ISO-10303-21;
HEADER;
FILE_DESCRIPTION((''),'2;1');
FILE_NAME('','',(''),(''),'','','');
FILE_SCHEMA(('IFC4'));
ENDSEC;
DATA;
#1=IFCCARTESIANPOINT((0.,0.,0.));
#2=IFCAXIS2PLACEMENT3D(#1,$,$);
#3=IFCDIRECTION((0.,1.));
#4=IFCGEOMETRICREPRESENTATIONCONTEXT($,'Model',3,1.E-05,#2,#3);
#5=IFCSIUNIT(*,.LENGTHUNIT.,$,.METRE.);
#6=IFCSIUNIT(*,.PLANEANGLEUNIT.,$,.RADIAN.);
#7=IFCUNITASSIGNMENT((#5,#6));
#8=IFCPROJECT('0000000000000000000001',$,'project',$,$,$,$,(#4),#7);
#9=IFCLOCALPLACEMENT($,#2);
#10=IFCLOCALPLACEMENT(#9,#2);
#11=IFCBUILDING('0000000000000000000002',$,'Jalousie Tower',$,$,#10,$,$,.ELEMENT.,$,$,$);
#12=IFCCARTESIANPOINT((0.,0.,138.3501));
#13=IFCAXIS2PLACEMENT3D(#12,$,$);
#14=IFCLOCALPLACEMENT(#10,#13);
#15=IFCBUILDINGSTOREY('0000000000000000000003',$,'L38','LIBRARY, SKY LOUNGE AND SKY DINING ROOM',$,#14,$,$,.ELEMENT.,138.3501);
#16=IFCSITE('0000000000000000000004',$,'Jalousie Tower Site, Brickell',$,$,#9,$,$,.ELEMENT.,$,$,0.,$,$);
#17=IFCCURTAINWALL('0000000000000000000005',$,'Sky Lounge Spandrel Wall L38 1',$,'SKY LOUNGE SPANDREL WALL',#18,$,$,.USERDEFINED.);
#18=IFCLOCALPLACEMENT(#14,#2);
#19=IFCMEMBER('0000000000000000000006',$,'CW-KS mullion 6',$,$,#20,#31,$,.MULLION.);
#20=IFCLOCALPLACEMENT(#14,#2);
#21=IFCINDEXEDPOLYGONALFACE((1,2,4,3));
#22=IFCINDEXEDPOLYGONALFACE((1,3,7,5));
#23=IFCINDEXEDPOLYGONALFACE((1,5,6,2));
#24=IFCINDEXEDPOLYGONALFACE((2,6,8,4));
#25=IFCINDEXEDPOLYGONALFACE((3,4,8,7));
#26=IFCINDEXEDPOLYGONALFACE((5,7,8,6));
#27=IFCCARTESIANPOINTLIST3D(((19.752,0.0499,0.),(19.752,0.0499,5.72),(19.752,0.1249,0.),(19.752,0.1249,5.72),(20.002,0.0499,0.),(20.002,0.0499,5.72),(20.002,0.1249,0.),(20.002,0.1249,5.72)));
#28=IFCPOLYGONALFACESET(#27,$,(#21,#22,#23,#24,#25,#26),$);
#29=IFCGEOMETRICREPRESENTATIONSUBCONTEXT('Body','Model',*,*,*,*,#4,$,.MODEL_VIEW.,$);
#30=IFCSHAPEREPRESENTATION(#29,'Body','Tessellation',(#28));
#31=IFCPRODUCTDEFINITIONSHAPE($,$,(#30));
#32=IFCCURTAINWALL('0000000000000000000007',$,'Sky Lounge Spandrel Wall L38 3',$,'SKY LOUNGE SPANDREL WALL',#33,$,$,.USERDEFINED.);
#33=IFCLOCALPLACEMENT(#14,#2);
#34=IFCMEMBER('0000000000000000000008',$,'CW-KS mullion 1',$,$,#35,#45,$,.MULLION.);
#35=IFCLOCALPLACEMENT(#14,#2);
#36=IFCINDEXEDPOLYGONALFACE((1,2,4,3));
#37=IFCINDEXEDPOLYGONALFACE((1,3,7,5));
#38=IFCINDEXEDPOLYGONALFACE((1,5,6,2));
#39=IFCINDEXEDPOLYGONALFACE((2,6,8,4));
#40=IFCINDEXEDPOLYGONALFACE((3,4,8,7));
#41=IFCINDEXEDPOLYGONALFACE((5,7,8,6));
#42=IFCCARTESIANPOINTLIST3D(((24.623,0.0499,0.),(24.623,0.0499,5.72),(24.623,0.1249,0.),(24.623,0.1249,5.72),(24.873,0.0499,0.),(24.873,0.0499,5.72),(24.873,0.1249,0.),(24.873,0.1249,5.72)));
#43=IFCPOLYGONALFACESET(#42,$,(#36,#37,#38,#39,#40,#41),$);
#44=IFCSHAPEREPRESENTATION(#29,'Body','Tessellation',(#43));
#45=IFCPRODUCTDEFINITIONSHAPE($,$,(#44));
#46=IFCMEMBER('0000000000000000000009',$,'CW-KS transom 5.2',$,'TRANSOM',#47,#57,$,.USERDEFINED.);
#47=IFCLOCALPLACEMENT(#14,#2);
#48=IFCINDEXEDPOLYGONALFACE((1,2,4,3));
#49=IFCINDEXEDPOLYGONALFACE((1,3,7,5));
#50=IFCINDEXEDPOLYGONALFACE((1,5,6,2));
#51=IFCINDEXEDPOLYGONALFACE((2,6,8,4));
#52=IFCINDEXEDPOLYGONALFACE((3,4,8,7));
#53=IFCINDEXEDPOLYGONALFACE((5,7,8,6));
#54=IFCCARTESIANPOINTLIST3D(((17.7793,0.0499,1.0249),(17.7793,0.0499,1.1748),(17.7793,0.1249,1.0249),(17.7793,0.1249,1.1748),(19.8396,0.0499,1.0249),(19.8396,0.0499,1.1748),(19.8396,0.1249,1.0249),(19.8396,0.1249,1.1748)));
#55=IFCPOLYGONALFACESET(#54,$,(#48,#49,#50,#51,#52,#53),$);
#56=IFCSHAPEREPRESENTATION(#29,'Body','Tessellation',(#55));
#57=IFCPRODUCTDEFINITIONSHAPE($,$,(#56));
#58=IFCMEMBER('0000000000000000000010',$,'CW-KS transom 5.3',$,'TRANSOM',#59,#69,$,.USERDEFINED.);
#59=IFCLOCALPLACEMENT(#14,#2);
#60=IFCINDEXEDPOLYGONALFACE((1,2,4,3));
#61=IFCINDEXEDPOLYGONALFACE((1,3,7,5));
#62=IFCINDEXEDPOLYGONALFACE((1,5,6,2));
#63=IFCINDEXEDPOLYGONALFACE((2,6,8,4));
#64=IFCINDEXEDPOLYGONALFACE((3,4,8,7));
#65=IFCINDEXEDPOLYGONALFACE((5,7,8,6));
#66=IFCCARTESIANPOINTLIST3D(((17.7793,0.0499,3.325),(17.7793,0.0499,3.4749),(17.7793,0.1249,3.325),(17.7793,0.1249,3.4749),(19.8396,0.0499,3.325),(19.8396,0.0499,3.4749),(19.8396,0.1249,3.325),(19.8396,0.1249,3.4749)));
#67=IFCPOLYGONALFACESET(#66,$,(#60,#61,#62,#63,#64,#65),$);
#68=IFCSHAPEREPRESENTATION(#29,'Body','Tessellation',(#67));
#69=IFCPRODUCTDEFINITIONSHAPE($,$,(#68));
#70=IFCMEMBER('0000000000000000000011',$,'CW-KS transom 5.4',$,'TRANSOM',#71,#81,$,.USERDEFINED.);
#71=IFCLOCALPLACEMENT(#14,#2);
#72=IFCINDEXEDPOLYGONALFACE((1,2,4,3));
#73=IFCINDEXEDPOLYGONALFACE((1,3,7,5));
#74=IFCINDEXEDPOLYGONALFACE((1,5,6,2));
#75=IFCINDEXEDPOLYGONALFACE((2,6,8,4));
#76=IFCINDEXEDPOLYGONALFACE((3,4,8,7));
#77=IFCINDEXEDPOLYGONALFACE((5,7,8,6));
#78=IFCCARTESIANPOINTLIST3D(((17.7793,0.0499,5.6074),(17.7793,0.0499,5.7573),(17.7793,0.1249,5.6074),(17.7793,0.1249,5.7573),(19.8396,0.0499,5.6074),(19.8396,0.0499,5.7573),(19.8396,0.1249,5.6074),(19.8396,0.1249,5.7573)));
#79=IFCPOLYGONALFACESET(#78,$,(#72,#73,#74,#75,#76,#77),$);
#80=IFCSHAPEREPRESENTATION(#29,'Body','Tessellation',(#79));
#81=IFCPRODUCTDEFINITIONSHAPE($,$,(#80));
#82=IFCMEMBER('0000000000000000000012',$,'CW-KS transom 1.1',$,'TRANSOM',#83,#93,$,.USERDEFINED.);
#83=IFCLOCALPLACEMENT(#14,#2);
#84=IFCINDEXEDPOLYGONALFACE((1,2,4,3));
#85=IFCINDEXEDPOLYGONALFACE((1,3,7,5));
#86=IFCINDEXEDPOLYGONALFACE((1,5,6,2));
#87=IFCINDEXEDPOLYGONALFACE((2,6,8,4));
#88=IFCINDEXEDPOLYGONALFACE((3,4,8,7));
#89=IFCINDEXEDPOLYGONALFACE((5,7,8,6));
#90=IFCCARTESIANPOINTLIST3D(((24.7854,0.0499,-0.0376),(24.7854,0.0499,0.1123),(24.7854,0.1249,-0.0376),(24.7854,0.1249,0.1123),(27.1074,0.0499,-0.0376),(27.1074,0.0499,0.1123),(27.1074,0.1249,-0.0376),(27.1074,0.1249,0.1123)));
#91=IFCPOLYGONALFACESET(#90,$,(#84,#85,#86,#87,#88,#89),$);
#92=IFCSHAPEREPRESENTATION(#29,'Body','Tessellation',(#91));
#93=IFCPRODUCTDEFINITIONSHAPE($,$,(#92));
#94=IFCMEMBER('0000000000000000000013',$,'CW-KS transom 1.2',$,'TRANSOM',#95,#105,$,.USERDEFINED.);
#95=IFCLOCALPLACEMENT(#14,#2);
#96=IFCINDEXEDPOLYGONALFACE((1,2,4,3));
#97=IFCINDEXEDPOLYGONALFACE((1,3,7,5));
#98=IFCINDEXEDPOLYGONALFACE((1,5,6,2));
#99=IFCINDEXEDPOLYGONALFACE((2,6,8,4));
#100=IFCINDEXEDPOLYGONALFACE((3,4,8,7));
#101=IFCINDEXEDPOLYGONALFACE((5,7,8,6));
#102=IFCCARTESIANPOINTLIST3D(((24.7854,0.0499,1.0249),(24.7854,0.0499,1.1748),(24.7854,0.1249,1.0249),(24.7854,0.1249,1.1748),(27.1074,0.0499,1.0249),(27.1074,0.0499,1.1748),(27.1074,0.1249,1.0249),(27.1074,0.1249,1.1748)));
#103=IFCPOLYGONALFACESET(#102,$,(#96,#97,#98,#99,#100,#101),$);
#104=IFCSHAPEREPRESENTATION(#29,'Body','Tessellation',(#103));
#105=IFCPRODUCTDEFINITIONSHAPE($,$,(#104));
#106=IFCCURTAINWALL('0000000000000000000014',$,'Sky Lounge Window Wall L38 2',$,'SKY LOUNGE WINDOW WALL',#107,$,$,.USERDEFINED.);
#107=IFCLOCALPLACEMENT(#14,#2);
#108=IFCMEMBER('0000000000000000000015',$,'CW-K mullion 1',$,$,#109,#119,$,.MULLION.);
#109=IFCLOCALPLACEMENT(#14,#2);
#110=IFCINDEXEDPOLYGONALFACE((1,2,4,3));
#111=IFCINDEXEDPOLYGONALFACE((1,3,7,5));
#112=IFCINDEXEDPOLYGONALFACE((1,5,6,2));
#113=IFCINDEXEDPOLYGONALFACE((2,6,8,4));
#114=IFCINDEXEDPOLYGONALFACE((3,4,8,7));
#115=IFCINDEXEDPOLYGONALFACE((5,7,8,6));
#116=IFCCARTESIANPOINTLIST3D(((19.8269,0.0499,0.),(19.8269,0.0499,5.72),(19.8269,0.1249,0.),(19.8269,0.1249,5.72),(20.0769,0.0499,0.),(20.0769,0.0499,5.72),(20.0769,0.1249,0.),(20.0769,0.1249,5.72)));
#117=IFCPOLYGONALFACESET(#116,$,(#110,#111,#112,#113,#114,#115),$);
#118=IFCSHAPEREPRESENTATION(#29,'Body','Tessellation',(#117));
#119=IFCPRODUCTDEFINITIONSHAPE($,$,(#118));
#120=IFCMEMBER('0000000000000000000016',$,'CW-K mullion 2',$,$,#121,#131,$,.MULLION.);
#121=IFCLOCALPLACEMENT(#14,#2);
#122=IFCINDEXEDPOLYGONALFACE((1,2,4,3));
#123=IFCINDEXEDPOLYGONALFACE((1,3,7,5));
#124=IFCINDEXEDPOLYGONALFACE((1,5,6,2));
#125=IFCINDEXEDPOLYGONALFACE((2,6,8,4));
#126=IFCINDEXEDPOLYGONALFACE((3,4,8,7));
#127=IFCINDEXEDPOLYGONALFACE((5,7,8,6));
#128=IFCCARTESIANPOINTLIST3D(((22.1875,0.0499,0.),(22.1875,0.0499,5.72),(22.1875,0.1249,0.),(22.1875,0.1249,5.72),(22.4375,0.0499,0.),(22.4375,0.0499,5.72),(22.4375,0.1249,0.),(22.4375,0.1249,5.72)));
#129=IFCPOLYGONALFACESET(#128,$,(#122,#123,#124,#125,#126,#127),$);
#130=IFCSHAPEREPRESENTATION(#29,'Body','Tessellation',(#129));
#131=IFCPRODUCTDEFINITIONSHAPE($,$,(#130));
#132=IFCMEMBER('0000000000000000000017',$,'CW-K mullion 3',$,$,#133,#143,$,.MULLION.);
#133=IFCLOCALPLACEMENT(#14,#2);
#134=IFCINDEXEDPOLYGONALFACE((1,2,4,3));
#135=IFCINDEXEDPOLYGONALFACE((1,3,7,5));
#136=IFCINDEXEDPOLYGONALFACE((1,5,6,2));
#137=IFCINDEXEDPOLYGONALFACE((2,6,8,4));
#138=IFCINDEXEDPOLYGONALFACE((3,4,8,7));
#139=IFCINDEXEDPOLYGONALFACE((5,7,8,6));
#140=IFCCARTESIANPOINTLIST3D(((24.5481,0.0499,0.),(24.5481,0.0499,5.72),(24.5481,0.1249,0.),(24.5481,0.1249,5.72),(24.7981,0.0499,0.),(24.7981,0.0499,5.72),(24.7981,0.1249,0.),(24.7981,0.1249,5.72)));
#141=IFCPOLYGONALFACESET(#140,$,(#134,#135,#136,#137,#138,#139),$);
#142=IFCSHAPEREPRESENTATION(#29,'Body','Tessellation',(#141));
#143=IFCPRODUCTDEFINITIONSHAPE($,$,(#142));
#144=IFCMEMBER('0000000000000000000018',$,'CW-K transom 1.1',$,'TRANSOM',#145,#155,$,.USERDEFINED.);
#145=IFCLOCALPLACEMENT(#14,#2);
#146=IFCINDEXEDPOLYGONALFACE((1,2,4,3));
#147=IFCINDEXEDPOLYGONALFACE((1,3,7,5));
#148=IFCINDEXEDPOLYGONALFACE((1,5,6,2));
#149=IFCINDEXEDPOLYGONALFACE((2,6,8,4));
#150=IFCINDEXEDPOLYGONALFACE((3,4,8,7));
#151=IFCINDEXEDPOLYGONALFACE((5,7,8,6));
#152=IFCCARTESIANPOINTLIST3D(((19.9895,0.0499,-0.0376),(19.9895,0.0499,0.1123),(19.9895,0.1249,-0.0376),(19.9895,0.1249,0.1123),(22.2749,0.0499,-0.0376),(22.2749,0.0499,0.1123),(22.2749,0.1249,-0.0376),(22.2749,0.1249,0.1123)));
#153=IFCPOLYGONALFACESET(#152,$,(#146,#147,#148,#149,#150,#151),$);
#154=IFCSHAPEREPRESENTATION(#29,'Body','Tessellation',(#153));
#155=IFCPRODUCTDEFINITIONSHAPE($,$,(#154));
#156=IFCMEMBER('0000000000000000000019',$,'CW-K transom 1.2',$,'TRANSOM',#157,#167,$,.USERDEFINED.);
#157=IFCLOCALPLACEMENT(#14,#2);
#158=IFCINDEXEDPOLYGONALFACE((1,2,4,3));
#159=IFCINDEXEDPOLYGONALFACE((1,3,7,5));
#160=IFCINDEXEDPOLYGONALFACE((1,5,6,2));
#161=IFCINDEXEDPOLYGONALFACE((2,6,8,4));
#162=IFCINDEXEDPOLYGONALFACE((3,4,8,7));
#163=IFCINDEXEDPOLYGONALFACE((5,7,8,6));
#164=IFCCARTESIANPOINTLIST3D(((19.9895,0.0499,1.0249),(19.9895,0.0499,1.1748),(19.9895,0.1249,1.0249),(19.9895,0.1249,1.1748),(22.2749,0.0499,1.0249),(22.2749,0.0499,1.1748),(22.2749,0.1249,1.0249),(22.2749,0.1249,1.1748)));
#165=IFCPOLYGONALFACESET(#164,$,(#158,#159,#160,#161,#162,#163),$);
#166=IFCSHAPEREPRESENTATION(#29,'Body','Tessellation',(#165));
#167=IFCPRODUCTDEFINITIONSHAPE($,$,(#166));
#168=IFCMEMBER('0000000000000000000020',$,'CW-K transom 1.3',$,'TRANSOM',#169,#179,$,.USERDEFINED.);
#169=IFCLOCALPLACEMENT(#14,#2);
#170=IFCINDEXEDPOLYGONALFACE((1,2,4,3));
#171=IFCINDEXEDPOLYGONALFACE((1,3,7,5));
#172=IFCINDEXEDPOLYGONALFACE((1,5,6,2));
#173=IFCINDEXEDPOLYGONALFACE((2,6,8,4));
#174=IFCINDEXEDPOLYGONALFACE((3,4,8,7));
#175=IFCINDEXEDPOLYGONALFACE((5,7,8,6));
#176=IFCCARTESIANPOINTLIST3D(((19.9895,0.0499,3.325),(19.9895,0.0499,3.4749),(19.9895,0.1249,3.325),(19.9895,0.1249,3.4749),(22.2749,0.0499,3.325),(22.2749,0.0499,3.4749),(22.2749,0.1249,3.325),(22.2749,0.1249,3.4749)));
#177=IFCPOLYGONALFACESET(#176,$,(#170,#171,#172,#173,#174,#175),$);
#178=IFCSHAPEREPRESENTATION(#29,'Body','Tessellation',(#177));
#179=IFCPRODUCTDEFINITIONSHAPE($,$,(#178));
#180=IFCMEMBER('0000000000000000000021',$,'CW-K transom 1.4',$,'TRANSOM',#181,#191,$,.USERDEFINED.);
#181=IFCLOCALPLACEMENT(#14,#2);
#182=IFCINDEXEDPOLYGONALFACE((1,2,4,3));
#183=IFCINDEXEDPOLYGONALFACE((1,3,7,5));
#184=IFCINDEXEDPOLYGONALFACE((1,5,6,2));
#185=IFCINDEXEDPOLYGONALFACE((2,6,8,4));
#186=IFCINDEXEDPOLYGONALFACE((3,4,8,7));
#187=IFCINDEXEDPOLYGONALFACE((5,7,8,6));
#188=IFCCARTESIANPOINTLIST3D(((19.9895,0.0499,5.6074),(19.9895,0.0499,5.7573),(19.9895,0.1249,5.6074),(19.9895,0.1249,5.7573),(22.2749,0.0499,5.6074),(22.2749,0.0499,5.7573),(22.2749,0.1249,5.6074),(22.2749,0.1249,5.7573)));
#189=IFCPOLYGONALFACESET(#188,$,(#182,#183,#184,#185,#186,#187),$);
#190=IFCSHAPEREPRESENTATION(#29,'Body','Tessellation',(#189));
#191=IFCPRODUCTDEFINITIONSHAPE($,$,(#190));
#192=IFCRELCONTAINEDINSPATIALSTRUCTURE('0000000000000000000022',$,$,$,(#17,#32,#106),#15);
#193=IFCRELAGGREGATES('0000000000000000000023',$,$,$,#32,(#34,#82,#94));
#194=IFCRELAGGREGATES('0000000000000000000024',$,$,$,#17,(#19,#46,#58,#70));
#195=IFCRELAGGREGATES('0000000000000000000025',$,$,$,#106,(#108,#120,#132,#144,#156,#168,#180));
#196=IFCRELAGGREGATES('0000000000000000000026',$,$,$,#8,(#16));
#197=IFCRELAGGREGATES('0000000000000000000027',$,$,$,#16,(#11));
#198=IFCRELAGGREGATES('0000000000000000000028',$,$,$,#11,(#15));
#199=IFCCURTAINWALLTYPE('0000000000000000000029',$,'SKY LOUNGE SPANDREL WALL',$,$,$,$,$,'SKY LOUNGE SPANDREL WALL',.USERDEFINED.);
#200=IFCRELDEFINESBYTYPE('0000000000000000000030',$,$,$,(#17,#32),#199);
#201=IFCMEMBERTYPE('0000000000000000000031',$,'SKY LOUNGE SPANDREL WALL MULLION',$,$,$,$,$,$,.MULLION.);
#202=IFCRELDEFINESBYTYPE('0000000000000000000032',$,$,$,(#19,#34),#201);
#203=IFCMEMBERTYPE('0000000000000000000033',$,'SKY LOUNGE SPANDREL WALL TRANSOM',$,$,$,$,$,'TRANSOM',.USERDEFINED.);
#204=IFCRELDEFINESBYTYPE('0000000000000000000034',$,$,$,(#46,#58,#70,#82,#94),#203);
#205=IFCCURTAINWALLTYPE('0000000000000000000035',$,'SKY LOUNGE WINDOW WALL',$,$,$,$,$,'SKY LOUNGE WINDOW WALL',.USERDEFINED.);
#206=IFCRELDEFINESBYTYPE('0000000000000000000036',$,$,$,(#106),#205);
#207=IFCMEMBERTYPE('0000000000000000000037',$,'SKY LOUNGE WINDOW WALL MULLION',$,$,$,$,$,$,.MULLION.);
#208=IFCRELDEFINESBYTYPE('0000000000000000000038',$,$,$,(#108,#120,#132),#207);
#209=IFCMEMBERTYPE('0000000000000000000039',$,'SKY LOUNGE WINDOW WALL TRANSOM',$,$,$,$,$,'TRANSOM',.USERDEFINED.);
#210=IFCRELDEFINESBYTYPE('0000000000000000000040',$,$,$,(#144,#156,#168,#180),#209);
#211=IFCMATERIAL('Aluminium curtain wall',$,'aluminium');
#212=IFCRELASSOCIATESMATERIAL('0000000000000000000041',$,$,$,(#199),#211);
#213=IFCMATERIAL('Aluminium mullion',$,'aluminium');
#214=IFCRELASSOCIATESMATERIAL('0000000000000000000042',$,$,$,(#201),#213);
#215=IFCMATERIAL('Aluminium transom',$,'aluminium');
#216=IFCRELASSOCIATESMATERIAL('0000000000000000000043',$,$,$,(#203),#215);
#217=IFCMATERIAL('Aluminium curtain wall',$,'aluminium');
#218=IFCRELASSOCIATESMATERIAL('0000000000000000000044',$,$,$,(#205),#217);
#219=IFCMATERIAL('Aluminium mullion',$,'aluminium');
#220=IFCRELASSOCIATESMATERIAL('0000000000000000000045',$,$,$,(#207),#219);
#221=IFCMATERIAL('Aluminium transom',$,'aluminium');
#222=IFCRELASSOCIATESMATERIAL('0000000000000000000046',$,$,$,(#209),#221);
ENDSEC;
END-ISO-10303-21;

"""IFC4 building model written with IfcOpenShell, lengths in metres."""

from ifc_helpers import new_model, si_unit, direction, frame, origin, origin_2d, place, context, subcontext, project, spatial, rectangle, extrude, material, material_profile, profile_set, type_object, element, aggregate, save


model = new_model("IFC4")

# Units and contexts
model_context = context("Model", 3, precision=1e-05, world=origin(), true_north=direction((0.0, 1.0)))
body_context = subcontext(model_context, "Body", "Model", "MODEL_VIEW")
ifc_project = project(units=[si_unit("LENGTHUNIT", "METRE"), si_unit("PLANEANGLEUNIT", "RADIAN")], contexts=[model_context])

# Site, building, storey
site_placement = place(None, origin())
site = spatial("IfcSite", under=ifc_project, at=site_placement, Name="Jalousie Tower Site, Brickell", CompositionType="ELEMENT", RefElevation=0.0)
building_placement = place(site_placement, origin())
building = spatial("IfcBuilding", under=site, at=building_placement, Name="Jalousie Tower", CompositionType="ELEMENT")
storey_placement = place(building_placement, frame((0.0, 0.0, 138.3501)))
storey = spatial("IfcBuildingStorey", under=building, at=storey_placement, Name="L38", Description="LIBRARY, SKY LOUNGE AND SKY DINING ROOM", CompositionType="ELEMENT", Elevation=138.3501)

# Curtain walls, members
ifc_material_1 = material(Name="Aluminium curtain wall", Category="aluminium")
curtain_wall_type_1 = type_object("IfcCurtainWallType", Name="SKY LOUNGE SPANDREL WALL", ElementType="SKY LOUNGE SPANDREL WALL", PredefinedType="USERDEFINED", material=ifc_material_1)
curtain_wall_1_placement = place(storey_placement, origin())
curtain_wall_1 = element("IfcCurtainWall", 1, at=curtain_wall_1_placement, inside=storey, type_object=curtain_wall_type_1, Name="Sky Lounge Spandrel Wall L38 1", ObjectType="SKY LOUNGE SPANDREL WALL", PredefinedType="USERDEFINED")
ifc_material_2 = material(Name="Aluminium mullion", Category="aluminium")
ifc_material_profile_1 = material_profile(ifc_material_2, rectangle(XDim=0.075, YDim=0.25, at=origin_2d()), Name="MULLION 75x250")
ifc_profile_set_1 = profile_set([ifc_material_profile_1], Name="Aluminium mullion")
member_type_1 = type_object("IfcMemberType", Name="SKY LOUNGE SPANDREL WALL MULLION", PredefinedType="MULLION", material=ifc_profile_set_1)
member_1_placement = place(storey_placement, frame((19.877, 0.0874, 0.0), z_axis=(0.0, 0.0, 1.0), x_axis=(0.0, 1.0, 0.0)))
member_1 = element("IfcMember", 2, at=member_1_placement, type_object=member_type_1, Name="CW-KS mullion 6", PredefinedType="MULLION", context=body_context, shape_type="SweptSolid", body=[
    extrude(rectangle(XDim=0.075, YDim=0.25, at=origin_2d()), origin(), (0.0, 0.0, 1.0), 5.72),
])
curtain_wall_2_placement = place(storey_placement, origin())
curtain_wall_2 = element("IfcCurtainWall", 3, at=curtain_wall_2_placement, inside=storey, type_object=curtain_wall_type_1, Name="Sky Lounge Spandrel Wall L38 3", ObjectType="SKY LOUNGE SPANDREL WALL", PredefinedType="USERDEFINED")
member_2_placement = place(storey_placement, frame((24.748, 0.0874, 0.0), z_axis=(0.0, 0.0, 1.0), x_axis=(0.0, 1.0, 0.0)))
member_2 = element("IfcMember", 4, at=member_2_placement, type_object=member_type_1, Name="CW-KS mullion 1", PredefinedType="MULLION", context=body_context, shape_type="SweptSolid", body=[
    extrude(rectangle(XDim=0.075, YDim=0.25, at=origin_2d()), origin(), (0.0, 0.0, 1.0), 5.72),
])

# Members
ifc_material_3 = material(Name="Aluminium transom", Category="aluminium")
ifc_material_profile_2 = material_profile(ifc_material_3, rectangle(XDim=0.075, YDim=0.1499, at=origin_2d()), Name="TRANSOM 75x150")
ifc_profile_set_2 = profile_set([ifc_material_profile_2], Name="Aluminium transom")
member_type_2 = type_object("IfcMemberType", Name="SKY LOUNGE SPANDREL WALL TRANSOM", ElementType="TRANSOM", PredefinedType="USERDEFINED", material=ifc_profile_set_2)
member_3_placement = place(storey_placement, frame((17.7793, 0.0874, 1.0999), z_axis=(1.0, 0.0, 0.0), x_axis=(0.0, 1.0, 0.0)))
member_3 = element("IfcMember", 5, at=member_3_placement, type_object=member_type_2, Name="CW-KS transom 5.2", ObjectType="TRANSOM", PredefinedType="USERDEFINED", context=body_context, shape_type="SweptSolid", body=[
    extrude(rectangle(XDim=0.075, YDim=0.1499, at=origin_2d()), origin(), (0.0, 0.0, 1.0), 2.0603),
])
member_4_placement = place(storey_placement, frame((17.7793, 0.0874, 3.3999), z_axis=(1.0, 0.0, 0.0), x_axis=(0.0, 1.0, 0.0)))
member_4 = element("IfcMember", 6, at=member_4_placement, type_object=member_type_2, Name="CW-KS transom 5.3", ObjectType="TRANSOM", PredefinedType="USERDEFINED", context=body_context, shape_type="SweptSolid", body=[
    extrude(rectangle(XDim=0.075, YDim=0.1499, at=origin_2d()), origin(), (0.0, 0.0, 1.0), 2.0603),
])
member_5_placement = place(storey_placement, frame((17.7793, 0.0874, 5.6824), z_axis=(1.0, 0.0, 0.0), x_axis=(0.0, 1.0, 0.0)))
member_5 = element("IfcMember", 7, at=member_5_placement, type_object=member_type_2, Name="CW-KS transom 5.4", ObjectType="TRANSOM", PredefinedType="USERDEFINED", context=body_context, shape_type="SweptSolid", body=[
    extrude(rectangle(XDim=0.075, YDim=0.1499, at=origin_2d()), origin(), (0.0, 0.0, 1.0), 2.0603),
])
member_6_placement = place(storey_placement, frame((24.7854, 0.0874, 0.0374), z_axis=(1.0, 0.0, 0.0), x_axis=(0.0, 1.0, 0.0)))
member_6 = element("IfcMember", 8, at=member_6_placement, type_object=member_type_2, Name="CW-KS transom 1.1", ObjectType="TRANSOM", PredefinedType="USERDEFINED", context=body_context, shape_type="SweptSolid", body=[
    extrude(rectangle(XDim=0.075, YDim=0.1499, at=origin_2d()), origin(), (0.0, 0.0, 1.0), 2.322),
])
member_7_placement = place(storey_placement, frame((24.7854, 0.0874, 1.0999), z_axis=(1.0, 0.0, 0.0), x_axis=(0.0, 1.0, 0.0)))
member_7 = element("IfcMember", 9, at=member_7_placement, type_object=member_type_2, Name="CW-KS transom 1.2", ObjectType="TRANSOM", PredefinedType="USERDEFINED", context=body_context, shape_type="SweptSolid", body=[
    extrude(rectangle(XDim=0.075, YDim=0.1499, at=origin_2d()), origin(), (0.0, 0.0, 1.0), 2.322),
])
aggregate(curtain_wall_2, [member_2, member_6, member_7])

# Curtain wall, members
ifc_material_4 = material(Name="Aluminium curtain wall", Category="aluminium")
curtain_wall_type_2 = type_object("IfcCurtainWallType", Name="SKY LOUNGE WINDOW WALL", ElementType="SKY LOUNGE WINDOW WALL", PredefinedType="USERDEFINED", material=ifc_material_4)
curtain_wall_3_placement = place(storey_placement, origin())
curtain_wall_3 = element("IfcCurtainWall", 10, at=curtain_wall_3_placement, inside=storey, type_object=curtain_wall_type_2, Name="Sky Lounge Window Wall L38 2", ObjectType="SKY LOUNGE WINDOW WALL", PredefinedType="USERDEFINED")
ifc_material_5 = material(Name="Aluminium mullion", Category="aluminium")
ifc_material_profile_3 = material_profile(ifc_material_5, rectangle(XDim=0.075, YDim=0.25, at=origin_2d()), Name="MULLION 75x250")
ifc_profile_set_3 = profile_set([ifc_material_profile_3], Name="Aluminium mullion")
member_type_3 = type_object("IfcMemberType", Name="SKY LOUNGE WINDOW WALL MULLION", PredefinedType="MULLION", material=ifc_profile_set_3)
member_8_placement = place(storey_placement, frame((19.9519, 0.0874, 0.0), z_axis=(0.0, 0.0, 1.0), x_axis=(0.0, 1.0, 0.0)))
member_8 = element("IfcMember", 11, at=member_8_placement, type_object=member_type_3, Name="CW-K mullion 1", PredefinedType="MULLION", context=body_context, shape_type="SweptSolid", body=[
    extrude(rectangle(XDim=0.075, YDim=0.25, at=origin_2d()), origin(), (0.0, 0.0, 1.0), 5.72),
])
member_9_placement = place(storey_placement, frame((22.3125, 0.0874, 0.0), z_axis=(0.0, 0.0, 1.0), x_axis=(0.0, 1.0, 0.0)))
member_9 = element("IfcMember", 12, at=member_9_placement, type_object=member_type_3, Name="CW-K mullion 2", PredefinedType="MULLION", context=body_context, shape_type="SweptSolid", body=[
    extrude(rectangle(XDim=0.075, YDim=0.25, at=origin_2d()), origin(), (0.0, 0.0, 1.0), 5.72),
])
member_10_placement = place(storey_placement, frame((24.6731, 0.0874, 0.0), z_axis=(0.0, 0.0, 1.0), x_axis=(0.0, 1.0, 0.0)))
member_10 = element("IfcMember", 13, at=member_10_placement, type_object=member_type_3, Name="CW-K mullion 3", PredefinedType="MULLION", context=body_context, shape_type="SweptSolid", body=[
    extrude(rectangle(XDim=0.075, YDim=0.25, at=origin_2d()), origin(), (0.0, 0.0, 1.0), 5.72),
])
ifc_material_6 = material(Name="Aluminium transom", Category="aluminium")
ifc_material_profile_4 = material_profile(ifc_material_6, rectangle(XDim=0.075, YDim=0.1499, at=origin_2d()), Name="TRANSOM 75x150")
ifc_profile_set_4 = profile_set([ifc_material_profile_4], Name="Aluminium transom")
member_type_4 = type_object("IfcMemberType", Name="SKY LOUNGE WINDOW WALL TRANSOM", ElementType="TRANSOM", PredefinedType="USERDEFINED", material=ifc_profile_set_4)
member_11_placement = place(storey_placement, frame((19.9895, 0.0874, 0.0374), z_axis=(1.0, 0.0, 0.0), x_axis=(0.0, 1.0, 0.0)))
member_11 = element("IfcMember", 14, at=member_11_placement, type_object=member_type_4, Name="CW-K transom 1.1", ObjectType="TRANSOM", PredefinedType="USERDEFINED", context=body_context, shape_type="SweptSolid", body=[
    extrude(rectangle(XDim=0.075, YDim=0.1499, at=origin_2d()), origin(), (0.0, 0.0, 1.0), 2.2854),
])
member_12_placement = place(storey_placement, frame((19.9895, 0.0874, 1.0999), z_axis=(1.0, 0.0, 0.0), x_axis=(0.0, 1.0, 0.0)))
member_12 = element("IfcMember", 15, at=member_12_placement, type_object=member_type_4, Name="CW-K transom 1.2", ObjectType="TRANSOM", PredefinedType="USERDEFINED", context=body_context, shape_type="SweptSolid", body=[
    extrude(rectangle(XDim=0.075, YDim=0.1499, at=origin_2d()), origin(), (0.0, 0.0, 1.0), 2.2854),
])
member_13_placement = place(storey_placement, frame((19.9895, 0.0874, 3.3999), z_axis=(1.0, 0.0, 0.0), x_axis=(0.0, 1.0, 0.0)))
member_13 = element("IfcMember", 16, at=member_13_placement, type_object=member_type_4, Name="CW-K transom 1.3", ObjectType="TRANSOM", PredefinedType="USERDEFINED", context=body_context, shape_type="SweptSolid", body=[
    extrude(rectangle(XDim=0.075, YDim=0.1499, at=origin_2d()), origin(), (0.0, 0.0, 1.0), 2.2854),
])
member_14_placement = place(storey_placement, frame((19.9895, 0.0874, 5.6824), z_axis=(1.0, 0.0, 0.0), x_axis=(0.0, 1.0, 0.0)))
member_14 = element("IfcMember", 17, at=member_14_placement, type_object=member_type_4, Name="CW-K transom 1.4", ObjectType="TRANSOM", PredefinedType="USERDEFINED", context=body_context, shape_type="SweptSolid", body=[
    extrude(rectangle(XDim=0.075, YDim=0.1499, at=origin_2d()), origin(), (0.0, 0.0, 1.0), 2.2854),
])

aggregate(curtain_wall_1, [member_1, member_3, member_4, member_5])
aggregate(curtain_wall_3, [member_8, member_9, member_10, member_11, member_12, member_13, member_14])

save(model, "model.ifc")
